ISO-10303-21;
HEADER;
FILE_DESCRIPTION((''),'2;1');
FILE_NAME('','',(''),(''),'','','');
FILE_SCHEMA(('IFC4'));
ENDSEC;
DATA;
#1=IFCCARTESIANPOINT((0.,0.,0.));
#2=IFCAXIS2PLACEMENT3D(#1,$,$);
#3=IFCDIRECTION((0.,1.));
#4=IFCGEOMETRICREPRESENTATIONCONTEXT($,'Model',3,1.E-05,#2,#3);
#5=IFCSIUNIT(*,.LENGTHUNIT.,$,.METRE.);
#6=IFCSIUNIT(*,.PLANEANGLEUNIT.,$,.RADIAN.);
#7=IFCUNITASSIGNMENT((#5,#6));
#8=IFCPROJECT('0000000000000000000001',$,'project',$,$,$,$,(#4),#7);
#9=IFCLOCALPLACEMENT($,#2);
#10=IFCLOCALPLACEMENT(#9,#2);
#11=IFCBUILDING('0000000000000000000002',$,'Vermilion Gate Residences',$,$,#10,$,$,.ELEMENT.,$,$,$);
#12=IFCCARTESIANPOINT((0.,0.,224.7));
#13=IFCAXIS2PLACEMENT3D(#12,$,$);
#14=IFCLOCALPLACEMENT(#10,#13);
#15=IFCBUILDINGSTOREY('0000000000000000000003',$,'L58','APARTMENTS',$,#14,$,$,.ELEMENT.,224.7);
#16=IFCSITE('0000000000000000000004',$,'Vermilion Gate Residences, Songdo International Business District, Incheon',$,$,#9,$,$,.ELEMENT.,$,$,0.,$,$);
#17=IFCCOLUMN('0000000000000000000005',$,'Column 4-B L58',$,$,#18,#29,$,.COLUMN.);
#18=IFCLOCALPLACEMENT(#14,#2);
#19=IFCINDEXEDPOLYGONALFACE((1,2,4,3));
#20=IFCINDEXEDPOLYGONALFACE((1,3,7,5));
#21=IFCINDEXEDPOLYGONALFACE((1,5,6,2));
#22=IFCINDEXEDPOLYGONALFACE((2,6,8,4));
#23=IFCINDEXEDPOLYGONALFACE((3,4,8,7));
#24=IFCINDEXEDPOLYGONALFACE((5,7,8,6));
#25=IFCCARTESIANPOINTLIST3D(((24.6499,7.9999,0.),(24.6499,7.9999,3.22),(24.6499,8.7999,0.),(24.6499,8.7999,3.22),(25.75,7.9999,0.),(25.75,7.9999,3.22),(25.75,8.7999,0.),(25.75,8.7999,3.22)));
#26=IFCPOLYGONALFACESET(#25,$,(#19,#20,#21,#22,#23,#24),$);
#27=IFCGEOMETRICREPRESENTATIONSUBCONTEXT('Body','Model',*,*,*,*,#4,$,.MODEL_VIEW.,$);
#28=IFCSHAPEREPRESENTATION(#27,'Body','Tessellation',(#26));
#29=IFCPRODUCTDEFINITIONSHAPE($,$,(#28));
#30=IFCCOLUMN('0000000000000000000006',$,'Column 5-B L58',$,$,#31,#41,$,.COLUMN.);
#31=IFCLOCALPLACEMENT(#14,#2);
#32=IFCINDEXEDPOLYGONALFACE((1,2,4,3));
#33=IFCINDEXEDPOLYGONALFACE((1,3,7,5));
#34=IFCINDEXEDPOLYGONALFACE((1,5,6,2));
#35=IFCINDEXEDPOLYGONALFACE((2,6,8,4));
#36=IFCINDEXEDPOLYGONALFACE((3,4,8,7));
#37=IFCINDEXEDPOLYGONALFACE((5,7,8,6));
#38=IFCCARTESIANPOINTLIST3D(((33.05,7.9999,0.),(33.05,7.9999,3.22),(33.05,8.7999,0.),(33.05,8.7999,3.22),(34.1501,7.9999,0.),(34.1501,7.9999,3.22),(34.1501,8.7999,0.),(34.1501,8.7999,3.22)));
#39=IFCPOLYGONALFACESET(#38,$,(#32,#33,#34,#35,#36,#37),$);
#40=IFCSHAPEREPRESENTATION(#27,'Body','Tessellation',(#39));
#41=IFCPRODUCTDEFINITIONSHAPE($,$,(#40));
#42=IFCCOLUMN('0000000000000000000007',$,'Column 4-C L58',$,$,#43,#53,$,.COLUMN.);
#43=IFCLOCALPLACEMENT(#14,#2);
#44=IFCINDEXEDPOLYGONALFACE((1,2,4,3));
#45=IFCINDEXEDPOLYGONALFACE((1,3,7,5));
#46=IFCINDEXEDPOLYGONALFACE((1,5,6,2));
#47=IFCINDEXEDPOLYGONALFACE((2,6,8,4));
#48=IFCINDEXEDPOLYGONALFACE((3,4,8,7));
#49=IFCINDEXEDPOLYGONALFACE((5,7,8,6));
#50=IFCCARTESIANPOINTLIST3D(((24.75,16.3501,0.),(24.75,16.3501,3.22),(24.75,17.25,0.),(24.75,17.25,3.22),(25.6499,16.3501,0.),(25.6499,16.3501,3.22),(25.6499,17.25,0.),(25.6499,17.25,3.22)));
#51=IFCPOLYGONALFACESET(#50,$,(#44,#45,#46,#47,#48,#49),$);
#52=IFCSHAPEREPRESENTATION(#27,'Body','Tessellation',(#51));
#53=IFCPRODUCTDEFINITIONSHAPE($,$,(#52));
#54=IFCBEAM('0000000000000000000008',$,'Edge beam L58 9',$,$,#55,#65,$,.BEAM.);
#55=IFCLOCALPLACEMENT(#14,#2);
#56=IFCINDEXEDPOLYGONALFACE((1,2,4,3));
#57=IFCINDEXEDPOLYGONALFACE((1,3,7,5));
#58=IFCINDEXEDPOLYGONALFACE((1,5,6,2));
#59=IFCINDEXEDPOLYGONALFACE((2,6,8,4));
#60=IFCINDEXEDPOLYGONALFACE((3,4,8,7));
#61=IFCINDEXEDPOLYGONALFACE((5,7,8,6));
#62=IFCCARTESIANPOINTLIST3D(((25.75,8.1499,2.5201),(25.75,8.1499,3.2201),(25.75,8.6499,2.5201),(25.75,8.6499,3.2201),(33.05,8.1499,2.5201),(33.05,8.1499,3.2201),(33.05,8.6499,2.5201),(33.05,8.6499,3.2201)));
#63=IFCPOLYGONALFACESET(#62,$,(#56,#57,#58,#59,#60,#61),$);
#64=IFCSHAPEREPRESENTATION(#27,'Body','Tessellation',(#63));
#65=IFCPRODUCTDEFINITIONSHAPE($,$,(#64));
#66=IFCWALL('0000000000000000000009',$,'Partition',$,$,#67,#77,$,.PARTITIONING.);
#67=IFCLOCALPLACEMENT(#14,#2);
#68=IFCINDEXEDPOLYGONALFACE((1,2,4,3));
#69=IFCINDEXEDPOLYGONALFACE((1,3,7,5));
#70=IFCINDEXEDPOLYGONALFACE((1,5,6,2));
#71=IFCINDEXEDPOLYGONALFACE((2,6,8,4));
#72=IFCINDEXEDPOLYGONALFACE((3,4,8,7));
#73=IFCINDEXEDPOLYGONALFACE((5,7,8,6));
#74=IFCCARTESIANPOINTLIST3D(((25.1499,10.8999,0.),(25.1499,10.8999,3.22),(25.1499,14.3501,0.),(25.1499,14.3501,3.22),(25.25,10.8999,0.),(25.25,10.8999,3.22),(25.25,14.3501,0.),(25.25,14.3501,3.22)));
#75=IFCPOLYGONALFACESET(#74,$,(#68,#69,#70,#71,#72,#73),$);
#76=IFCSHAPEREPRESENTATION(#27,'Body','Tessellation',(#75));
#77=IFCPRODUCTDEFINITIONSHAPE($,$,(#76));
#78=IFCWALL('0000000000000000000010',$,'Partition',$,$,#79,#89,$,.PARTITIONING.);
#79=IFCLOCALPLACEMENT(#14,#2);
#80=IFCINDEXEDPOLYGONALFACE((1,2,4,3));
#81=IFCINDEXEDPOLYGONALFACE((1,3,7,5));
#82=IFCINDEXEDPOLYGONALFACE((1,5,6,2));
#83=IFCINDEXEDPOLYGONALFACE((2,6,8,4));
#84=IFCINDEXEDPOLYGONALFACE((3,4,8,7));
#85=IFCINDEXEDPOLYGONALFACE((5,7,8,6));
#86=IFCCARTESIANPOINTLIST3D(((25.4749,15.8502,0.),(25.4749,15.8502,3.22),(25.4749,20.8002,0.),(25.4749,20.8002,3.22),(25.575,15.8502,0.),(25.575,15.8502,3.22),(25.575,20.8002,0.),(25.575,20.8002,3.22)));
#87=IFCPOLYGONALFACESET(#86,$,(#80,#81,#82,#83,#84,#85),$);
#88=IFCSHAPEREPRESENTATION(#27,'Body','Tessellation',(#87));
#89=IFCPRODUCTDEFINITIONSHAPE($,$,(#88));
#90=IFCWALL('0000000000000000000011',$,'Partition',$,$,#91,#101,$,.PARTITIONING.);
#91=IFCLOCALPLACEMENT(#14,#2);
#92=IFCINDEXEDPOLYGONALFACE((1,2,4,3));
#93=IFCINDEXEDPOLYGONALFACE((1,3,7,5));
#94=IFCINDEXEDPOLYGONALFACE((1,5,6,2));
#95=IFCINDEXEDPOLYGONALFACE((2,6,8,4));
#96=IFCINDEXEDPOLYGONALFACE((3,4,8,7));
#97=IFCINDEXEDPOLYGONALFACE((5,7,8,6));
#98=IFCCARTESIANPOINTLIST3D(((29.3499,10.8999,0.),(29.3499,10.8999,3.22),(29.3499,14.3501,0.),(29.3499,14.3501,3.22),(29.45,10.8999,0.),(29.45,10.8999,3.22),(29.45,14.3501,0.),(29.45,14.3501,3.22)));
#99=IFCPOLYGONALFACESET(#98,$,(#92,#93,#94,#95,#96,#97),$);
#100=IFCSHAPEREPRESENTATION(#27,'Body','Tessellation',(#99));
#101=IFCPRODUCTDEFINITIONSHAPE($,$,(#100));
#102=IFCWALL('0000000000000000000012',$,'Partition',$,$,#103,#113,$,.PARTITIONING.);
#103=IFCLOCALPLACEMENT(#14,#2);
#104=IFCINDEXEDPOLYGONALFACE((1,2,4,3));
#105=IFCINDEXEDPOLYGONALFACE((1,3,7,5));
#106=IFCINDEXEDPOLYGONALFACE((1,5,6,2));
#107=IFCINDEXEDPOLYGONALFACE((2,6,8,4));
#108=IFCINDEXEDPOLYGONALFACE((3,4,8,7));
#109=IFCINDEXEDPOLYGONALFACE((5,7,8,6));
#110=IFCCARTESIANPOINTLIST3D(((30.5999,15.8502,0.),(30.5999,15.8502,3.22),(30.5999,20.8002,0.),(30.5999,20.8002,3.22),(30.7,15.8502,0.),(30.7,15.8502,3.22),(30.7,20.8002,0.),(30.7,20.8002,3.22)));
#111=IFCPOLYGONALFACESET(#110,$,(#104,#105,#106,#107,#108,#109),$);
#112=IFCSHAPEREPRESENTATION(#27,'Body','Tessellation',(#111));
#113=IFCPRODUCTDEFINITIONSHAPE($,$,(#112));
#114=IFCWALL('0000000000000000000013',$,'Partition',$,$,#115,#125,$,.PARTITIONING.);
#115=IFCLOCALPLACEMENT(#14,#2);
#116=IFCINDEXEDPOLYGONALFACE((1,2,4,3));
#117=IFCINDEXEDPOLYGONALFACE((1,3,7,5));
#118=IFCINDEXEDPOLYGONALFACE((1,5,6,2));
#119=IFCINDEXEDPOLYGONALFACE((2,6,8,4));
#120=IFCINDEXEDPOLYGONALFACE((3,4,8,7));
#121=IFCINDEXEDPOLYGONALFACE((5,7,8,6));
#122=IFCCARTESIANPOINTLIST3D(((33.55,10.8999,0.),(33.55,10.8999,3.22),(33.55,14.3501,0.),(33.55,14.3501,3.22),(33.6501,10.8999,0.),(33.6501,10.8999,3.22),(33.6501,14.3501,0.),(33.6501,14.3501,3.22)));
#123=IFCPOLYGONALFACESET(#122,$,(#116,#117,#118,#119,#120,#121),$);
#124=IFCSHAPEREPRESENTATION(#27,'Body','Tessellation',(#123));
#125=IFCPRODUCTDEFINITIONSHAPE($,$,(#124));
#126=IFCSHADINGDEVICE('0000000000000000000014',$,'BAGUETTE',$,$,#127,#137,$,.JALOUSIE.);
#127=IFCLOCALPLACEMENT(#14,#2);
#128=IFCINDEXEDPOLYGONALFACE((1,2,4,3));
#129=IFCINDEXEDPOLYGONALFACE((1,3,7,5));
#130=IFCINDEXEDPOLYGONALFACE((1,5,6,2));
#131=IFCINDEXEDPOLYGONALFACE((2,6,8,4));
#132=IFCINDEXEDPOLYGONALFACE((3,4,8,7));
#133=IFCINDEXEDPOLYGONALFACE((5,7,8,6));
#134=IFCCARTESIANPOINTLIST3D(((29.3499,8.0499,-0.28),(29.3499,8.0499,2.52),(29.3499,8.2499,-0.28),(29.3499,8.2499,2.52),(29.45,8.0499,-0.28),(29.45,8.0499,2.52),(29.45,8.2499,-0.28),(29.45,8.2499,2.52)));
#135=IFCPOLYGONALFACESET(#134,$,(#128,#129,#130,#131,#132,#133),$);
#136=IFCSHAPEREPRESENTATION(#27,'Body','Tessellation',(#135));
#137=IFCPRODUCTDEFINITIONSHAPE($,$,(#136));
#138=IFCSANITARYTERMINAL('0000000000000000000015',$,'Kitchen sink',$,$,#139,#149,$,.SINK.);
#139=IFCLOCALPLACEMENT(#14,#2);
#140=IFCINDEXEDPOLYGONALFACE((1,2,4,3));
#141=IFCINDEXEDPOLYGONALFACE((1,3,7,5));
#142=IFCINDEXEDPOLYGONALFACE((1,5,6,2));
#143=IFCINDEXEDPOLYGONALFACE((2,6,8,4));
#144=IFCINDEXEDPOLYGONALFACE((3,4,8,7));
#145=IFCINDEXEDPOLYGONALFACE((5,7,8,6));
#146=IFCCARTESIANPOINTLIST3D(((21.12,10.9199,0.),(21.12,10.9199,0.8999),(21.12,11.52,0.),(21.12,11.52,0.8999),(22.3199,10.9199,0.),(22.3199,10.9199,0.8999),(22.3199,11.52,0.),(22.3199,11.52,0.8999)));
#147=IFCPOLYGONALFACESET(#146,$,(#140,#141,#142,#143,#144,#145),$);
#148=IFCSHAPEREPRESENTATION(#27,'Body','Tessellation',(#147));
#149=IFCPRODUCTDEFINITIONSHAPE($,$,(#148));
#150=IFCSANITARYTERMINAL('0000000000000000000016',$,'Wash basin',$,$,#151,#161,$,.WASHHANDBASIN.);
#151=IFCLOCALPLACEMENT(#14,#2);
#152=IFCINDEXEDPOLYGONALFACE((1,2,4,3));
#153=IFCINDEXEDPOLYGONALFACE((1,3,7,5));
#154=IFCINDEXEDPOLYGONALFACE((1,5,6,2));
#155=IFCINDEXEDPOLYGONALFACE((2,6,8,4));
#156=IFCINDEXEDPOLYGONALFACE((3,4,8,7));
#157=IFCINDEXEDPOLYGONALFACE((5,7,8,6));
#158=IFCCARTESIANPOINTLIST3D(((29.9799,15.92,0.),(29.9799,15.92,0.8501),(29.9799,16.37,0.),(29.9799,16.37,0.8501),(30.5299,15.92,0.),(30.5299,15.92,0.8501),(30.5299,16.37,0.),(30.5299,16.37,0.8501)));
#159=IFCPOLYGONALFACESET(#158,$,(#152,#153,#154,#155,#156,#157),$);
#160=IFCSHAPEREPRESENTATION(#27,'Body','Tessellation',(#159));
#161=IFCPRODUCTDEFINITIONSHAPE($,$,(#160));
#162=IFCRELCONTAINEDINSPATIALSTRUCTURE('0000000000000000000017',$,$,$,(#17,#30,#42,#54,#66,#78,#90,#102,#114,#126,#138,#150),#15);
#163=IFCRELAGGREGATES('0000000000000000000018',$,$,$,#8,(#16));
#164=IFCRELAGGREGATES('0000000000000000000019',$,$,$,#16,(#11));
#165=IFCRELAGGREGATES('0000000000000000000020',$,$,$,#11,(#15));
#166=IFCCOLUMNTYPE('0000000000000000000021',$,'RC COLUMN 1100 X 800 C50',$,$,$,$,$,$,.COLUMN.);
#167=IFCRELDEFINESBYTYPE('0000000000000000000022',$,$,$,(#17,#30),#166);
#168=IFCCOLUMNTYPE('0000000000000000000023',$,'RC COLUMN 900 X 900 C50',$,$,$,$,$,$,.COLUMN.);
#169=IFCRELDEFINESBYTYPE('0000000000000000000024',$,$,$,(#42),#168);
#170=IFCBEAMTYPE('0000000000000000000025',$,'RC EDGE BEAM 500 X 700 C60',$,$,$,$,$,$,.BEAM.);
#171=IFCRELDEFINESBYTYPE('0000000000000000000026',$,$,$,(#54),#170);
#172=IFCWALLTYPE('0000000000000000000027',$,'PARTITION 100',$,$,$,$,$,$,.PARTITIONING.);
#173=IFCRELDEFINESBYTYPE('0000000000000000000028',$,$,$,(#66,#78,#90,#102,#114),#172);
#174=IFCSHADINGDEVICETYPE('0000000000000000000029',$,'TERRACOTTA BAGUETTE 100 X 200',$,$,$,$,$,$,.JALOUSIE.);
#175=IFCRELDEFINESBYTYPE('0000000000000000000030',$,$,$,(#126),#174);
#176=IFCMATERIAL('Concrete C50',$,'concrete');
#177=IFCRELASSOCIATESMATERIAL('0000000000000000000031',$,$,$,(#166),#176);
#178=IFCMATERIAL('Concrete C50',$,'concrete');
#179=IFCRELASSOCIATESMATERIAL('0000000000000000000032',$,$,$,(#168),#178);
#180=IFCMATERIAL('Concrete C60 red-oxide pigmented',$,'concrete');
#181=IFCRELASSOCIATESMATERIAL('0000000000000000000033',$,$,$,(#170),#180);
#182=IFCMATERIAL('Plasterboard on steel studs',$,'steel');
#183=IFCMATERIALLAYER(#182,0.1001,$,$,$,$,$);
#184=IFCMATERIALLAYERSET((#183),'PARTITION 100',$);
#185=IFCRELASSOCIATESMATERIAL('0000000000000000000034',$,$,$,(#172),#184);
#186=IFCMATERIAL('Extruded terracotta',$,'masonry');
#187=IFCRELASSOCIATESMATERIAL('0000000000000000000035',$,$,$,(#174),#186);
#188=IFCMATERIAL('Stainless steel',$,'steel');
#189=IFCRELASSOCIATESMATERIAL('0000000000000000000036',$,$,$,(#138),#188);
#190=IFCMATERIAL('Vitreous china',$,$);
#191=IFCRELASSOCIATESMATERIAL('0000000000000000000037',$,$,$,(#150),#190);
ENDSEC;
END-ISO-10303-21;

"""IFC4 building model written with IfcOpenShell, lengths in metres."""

from ifc_helpers import new_model, si_unit, direction, frame, frame_2d, origin, origin_2d, place, context, subcontext, project, spatial, rectangle, extrude, material, layer, layer_set, material_profile, profile_set, type_object, element, save


model = new_model("IFC4")

# Units and contexts
model_context = context("Model", 3, precision=1e-05, world=origin(), true_north=direction((0.0, 1.0)))
body_context = subcontext(model_context, "Body", "Model", "MODEL_VIEW")
ifc_project = project(units=[si_unit("LENGTHUNIT", "METRE"), si_unit("PLANEANGLEUNIT", "RADIAN")], contexts=[model_context])

# Site, building, storey
site_placement = place(None, origin())
site = spatial("IfcSite", under=ifc_project, at=site_placement, Name="Vermilion Gate Residences, Songdo International Business District, Incheon", CompositionType="ELEMENT", RefElevation=0.0)
building_placement = place(site_placement, origin())
building = spatial("IfcBuilding", under=site, at=building_placement, Name="Vermilion Gate Residences", CompositionType="ELEMENT")
storey_placement = place(building_placement, frame((0.0, 0.0, 224.7)))
storey = spatial("IfcBuildingStorey", under=building, at=storey_placement, Name="L58", Description="APARTMENTS", CompositionType="ELEMENT", Elevation=224.7)

# Columns
ifc_material_1 = material(Name="Concrete C50", Category="concrete")
ifc_material_profile_1 = material_profile(ifc_material_1, rectangle(XDim=1.1001, YDim=0.8, at=origin_2d()), Name="RC-1100x800")
ifc_profile_set_1 = profile_set([ifc_material_profile_1], Name="Concrete C50")
column_type_1 = type_object("IfcColumnType", Name="RC COLUMN 1100 X 800 C50", PredefinedType="COLUMN", material=ifc_profile_set_1)
for number, where, z_axis, x_axis, name in (
    (1, (25.2, 8.3999, 0.0), (0.0, 0.0, 1.0), (1.0, 0.0, 0.0), "Column 4-B L58"),
    (2, (33.6001, 8.3999, 0.0), (0.0, 0.0, 1.0), (1.0, 0.0, 0.0), "Column 5-B L58"),
):
    element("IfcColumn", number, at=place(storey_placement, frame(where, z_axis=z_axis, x_axis=x_axis)), inside=storey, type_object=column_type_1, Name=name, PredefinedType="COLUMN", context=body_context, shape_type="SweptSolid", body=[
        extrude(rectangle(XDim=1.1001, YDim=0.8, at=origin_2d()), origin(), (0.0, 0.0, 1.0), 3.22),
    ])
ifc_material_2 = material(Name="Concrete C50", Category="concrete")
ifc_material_profile_2 = material_profile(ifc_material_2, rectangle(XDim=0.8999, YDim=0.8999, at=origin_2d()), Name="RC-900x900")
ifc_profile_set_2 = profile_set([ifc_material_profile_2], Name="Concrete C50")
column_type_2 = type_object("IfcColumnType", Name="RC COLUMN 900 X 900 C50", PredefinedType="COLUMN", material=ifc_profile_set_2)
column_placement = place(storey_placement, frame((25.2, 16.8, 0.0), z_axis=(0.0, 0.0, 1.0), x_axis=(1.0, 0.0, 0.0)))
element("IfcColumn", 3, at=column_placement, inside=storey, type_object=column_type_2, Name="Column 4-C L58", PredefinedType="COLUMN", context=body_context, shape_type="SweptSolid", body=[
    extrude(rectangle(XDim=0.8999, YDim=0.8999, at=origin_2d()), origin(), (0.0, 0.0, 1.0), 3.22),
])

# Beam
ifc_material_3 = material(Name="Concrete C60 red-oxide pigmented", Category="concrete")
ifc_material_profile_3 = material_profile(ifc_material_3, rectangle(XDim=0.5, YDim=0.7, at=origin_2d()), Name="RC-500x700")
ifc_profile_set_3 = profile_set([ifc_material_profile_3], Name="Concrete C60 red-oxide pigmented")
beam_type = type_object("IfcBeamType", Name="RC EDGE BEAM 500 X 700 C60", PredefinedType="BEAM", material=ifc_profile_set_3)
beam_placement = place(storey_placement, frame((25.75, 8.3999, 2.8701), z_axis=(1.0, 0.0, 0.0), x_axis=(0.0, 1.0, 0.0)))
element("IfcBeam", 4, at=beam_placement, inside=storey, type_object=beam_type, Name="Edge beam L58 9", PredefinedType="BEAM", context=body_context, shape_type="SweptSolid", body=[
    extrude(rectangle(XDim=0.5, YDim=0.7, at=origin_2d()), origin(), (0.0, 0.0, 1.0), 7.3),
])

# Walls
ifc_material_4 = material(Name="Plasterboard on steel studs", Category="steel")
ifc_layer = layer(ifc_material_4, 0.1001)
ifc_layer_set = layer_set([ifc_layer], Name="PARTITION 100")
wall_type = type_object("IfcWallType", Name="PARTITION 100", PredefinedType="PARTITIONING", material=ifc_layer_set)
wall_1_placement = place(storey_placement, frame((25.2, 10.8999, 0.0), z_axis=(0.0, 0.0, 1.0), x_axis=(0.0, 1.0, 0.0)))
element("IfcWall", 5, at=wall_1_placement, inside=storey, type_object=wall_type, Name="Partition", PredefinedType="PARTITIONING", context=body_context, shape_type="SweptSolid", body=[
    extrude(rectangle(XDim=3.4502, YDim=0.1001, at=frame_2d((1.7251, 0.0))), origin(), (0.0, 0.0, 1.0), 3.22),
])
wall_2_placement = place(storey_placement, frame((25.5249, 15.8501, 0.0), z_axis=(0.0, 0.0, 1.0), x_axis=(0.0, 1.0, 0.0)))
element("IfcWall", 6, at=wall_2_placement, inside=storey, type_object=wall_type, Name="Partition", PredefinedType="PARTITIONING", context=body_context, shape_type="SweptSolid", body=[
    extrude(rectangle(XDim=4.95, YDim=0.1001, at=frame_2d((2.4751, 0.0))), origin(), (0.0, 0.0, 1.0), 3.22),
])
wall_3_placement = place(storey_placement, frame((29.3999, 10.8999, 0.0), z_axis=(0.0, 0.0, 1.0), x_axis=(0.0, 1.0, 0.0)))
element("IfcWall", 7, at=wall_3_placement, inside=storey, type_object=wall_type, Name="Partition", PredefinedType="PARTITIONING", context=body_context, shape_type="SweptSolid", body=[
    extrude(rectangle(XDim=3.4502, YDim=0.1001, at=frame_2d((1.7251, 0.0))), origin(), (0.0, 0.0, 1.0), 3.22),
])
wall_4_placement = place(storey_placement, frame((30.6499, 15.8501, 0.0), z_axis=(0.0, 0.0, 1.0), x_axis=(0.0, 1.0, 0.0)))
element("IfcWall", 8, at=wall_4_placement, inside=storey, type_object=wall_type, Name="Partition", PredefinedType="PARTITIONING", context=body_context, shape_type="SweptSolid", body=[
    extrude(rectangle(XDim=4.95, YDim=0.1001, at=frame_2d((2.4751, 0.0))), origin(), (0.0, 0.0, 1.0), 3.22),
])
wall_5_placement = place(storey_placement, frame((33.6001, 10.8999, 0.0), z_axis=(0.0, 0.0, 1.0), x_axis=(0.0, 1.0, 0.0)))
element("IfcWall", 9, at=wall_5_placement, inside=storey, type_object=wall_type, Name="Partition", PredefinedType="PARTITIONING", context=body_context, shape_type="SweptSolid", body=[
    extrude(rectangle(XDim=3.4502, YDim=0.1001, at=frame_2d((1.7251, 0.0))), origin(), (0.0, 0.0, 1.0), 3.22),
])

# Shading device
ifc_material_5 = material(Name="Extruded terracotta", Category="masonry")
ifc_material_profile_4 = material_profile(ifc_material_5, rectangle(XDim=0.2, YDim=0.1001, at=origin_2d()), Name="BAGUETTE 100 X 200")
ifc_profile_set_4 = profile_set([ifc_material_profile_4], Name="Extruded terracotta")
shading_device_type = type_object("IfcShadingDeviceType", Name="TERRACOTTA BAGUETTE 100 X 200", PredefinedType="JALOUSIE", material=ifc_profile_set_4)
shading_device_placement = place(storey_placement, frame((29.3999, 8.1499, -0.28), z_axis=(0.0, 0.0, 1.0), x_axis=(0.0, 1.0, 0.0)))
element("IfcShadingDevice", 10, at=shading_device_placement, inside=storey, type_object=shading_device_type, Name="BAGUETTE", PredefinedType="JALOUSIE", context=body_context, shape_type="SweptSolid", body=[
    extrude(rectangle(XDim=0.2, YDim=0.1001, at=origin_2d()), origin(), (0.0, 0.0, 1.0), 2.8),
])

# Sanitary terminals
ifc_material_6 = material(Name="Stainless steel", Category="steel")
sanitary_terminal_1_placement = place(storey_placement, frame((21.72, 11.22, 0.0), z_axis=(0.0, 0.0, 1.0), x_axis=(1.0, 0.0, 0.0)))
element("IfcSanitaryTerminal", 11, at=sanitary_terminal_1_placement, inside=storey, material=ifc_material_6, Name="Kitchen sink", PredefinedType="SINK", context=body_context, shape_type="SweptSolid", body=[
    extrude(rectangle(XDim=1.2, YDim=0.6001, at=origin_2d()), origin(), (0.0, 0.0, 1.0), 0.8999),
])
ifc_material_7 = material(Name="Vitreous china")
sanitary_terminal_2_placement = place(storey_placement, frame((30.2549, 16.145, 0.0), z_axis=(0.0, 0.0, 1.0), x_axis=(1.0, 0.0, 0.0)))
element("IfcSanitaryTerminal", 12, at=sanitary_terminal_2_placement, inside=storey, material=ifc_material_7, Name="Wash basin", PredefinedType="WASHHANDBASIN", context=body_context, shape_type="SweptSolid", body=[
    extrude(rectangle(XDim=0.55, YDim=0.45, at=origin_2d()), origin(), (0.0, 0.0, 1.0), 0.8501),
])

save(model, "model.ifc")
